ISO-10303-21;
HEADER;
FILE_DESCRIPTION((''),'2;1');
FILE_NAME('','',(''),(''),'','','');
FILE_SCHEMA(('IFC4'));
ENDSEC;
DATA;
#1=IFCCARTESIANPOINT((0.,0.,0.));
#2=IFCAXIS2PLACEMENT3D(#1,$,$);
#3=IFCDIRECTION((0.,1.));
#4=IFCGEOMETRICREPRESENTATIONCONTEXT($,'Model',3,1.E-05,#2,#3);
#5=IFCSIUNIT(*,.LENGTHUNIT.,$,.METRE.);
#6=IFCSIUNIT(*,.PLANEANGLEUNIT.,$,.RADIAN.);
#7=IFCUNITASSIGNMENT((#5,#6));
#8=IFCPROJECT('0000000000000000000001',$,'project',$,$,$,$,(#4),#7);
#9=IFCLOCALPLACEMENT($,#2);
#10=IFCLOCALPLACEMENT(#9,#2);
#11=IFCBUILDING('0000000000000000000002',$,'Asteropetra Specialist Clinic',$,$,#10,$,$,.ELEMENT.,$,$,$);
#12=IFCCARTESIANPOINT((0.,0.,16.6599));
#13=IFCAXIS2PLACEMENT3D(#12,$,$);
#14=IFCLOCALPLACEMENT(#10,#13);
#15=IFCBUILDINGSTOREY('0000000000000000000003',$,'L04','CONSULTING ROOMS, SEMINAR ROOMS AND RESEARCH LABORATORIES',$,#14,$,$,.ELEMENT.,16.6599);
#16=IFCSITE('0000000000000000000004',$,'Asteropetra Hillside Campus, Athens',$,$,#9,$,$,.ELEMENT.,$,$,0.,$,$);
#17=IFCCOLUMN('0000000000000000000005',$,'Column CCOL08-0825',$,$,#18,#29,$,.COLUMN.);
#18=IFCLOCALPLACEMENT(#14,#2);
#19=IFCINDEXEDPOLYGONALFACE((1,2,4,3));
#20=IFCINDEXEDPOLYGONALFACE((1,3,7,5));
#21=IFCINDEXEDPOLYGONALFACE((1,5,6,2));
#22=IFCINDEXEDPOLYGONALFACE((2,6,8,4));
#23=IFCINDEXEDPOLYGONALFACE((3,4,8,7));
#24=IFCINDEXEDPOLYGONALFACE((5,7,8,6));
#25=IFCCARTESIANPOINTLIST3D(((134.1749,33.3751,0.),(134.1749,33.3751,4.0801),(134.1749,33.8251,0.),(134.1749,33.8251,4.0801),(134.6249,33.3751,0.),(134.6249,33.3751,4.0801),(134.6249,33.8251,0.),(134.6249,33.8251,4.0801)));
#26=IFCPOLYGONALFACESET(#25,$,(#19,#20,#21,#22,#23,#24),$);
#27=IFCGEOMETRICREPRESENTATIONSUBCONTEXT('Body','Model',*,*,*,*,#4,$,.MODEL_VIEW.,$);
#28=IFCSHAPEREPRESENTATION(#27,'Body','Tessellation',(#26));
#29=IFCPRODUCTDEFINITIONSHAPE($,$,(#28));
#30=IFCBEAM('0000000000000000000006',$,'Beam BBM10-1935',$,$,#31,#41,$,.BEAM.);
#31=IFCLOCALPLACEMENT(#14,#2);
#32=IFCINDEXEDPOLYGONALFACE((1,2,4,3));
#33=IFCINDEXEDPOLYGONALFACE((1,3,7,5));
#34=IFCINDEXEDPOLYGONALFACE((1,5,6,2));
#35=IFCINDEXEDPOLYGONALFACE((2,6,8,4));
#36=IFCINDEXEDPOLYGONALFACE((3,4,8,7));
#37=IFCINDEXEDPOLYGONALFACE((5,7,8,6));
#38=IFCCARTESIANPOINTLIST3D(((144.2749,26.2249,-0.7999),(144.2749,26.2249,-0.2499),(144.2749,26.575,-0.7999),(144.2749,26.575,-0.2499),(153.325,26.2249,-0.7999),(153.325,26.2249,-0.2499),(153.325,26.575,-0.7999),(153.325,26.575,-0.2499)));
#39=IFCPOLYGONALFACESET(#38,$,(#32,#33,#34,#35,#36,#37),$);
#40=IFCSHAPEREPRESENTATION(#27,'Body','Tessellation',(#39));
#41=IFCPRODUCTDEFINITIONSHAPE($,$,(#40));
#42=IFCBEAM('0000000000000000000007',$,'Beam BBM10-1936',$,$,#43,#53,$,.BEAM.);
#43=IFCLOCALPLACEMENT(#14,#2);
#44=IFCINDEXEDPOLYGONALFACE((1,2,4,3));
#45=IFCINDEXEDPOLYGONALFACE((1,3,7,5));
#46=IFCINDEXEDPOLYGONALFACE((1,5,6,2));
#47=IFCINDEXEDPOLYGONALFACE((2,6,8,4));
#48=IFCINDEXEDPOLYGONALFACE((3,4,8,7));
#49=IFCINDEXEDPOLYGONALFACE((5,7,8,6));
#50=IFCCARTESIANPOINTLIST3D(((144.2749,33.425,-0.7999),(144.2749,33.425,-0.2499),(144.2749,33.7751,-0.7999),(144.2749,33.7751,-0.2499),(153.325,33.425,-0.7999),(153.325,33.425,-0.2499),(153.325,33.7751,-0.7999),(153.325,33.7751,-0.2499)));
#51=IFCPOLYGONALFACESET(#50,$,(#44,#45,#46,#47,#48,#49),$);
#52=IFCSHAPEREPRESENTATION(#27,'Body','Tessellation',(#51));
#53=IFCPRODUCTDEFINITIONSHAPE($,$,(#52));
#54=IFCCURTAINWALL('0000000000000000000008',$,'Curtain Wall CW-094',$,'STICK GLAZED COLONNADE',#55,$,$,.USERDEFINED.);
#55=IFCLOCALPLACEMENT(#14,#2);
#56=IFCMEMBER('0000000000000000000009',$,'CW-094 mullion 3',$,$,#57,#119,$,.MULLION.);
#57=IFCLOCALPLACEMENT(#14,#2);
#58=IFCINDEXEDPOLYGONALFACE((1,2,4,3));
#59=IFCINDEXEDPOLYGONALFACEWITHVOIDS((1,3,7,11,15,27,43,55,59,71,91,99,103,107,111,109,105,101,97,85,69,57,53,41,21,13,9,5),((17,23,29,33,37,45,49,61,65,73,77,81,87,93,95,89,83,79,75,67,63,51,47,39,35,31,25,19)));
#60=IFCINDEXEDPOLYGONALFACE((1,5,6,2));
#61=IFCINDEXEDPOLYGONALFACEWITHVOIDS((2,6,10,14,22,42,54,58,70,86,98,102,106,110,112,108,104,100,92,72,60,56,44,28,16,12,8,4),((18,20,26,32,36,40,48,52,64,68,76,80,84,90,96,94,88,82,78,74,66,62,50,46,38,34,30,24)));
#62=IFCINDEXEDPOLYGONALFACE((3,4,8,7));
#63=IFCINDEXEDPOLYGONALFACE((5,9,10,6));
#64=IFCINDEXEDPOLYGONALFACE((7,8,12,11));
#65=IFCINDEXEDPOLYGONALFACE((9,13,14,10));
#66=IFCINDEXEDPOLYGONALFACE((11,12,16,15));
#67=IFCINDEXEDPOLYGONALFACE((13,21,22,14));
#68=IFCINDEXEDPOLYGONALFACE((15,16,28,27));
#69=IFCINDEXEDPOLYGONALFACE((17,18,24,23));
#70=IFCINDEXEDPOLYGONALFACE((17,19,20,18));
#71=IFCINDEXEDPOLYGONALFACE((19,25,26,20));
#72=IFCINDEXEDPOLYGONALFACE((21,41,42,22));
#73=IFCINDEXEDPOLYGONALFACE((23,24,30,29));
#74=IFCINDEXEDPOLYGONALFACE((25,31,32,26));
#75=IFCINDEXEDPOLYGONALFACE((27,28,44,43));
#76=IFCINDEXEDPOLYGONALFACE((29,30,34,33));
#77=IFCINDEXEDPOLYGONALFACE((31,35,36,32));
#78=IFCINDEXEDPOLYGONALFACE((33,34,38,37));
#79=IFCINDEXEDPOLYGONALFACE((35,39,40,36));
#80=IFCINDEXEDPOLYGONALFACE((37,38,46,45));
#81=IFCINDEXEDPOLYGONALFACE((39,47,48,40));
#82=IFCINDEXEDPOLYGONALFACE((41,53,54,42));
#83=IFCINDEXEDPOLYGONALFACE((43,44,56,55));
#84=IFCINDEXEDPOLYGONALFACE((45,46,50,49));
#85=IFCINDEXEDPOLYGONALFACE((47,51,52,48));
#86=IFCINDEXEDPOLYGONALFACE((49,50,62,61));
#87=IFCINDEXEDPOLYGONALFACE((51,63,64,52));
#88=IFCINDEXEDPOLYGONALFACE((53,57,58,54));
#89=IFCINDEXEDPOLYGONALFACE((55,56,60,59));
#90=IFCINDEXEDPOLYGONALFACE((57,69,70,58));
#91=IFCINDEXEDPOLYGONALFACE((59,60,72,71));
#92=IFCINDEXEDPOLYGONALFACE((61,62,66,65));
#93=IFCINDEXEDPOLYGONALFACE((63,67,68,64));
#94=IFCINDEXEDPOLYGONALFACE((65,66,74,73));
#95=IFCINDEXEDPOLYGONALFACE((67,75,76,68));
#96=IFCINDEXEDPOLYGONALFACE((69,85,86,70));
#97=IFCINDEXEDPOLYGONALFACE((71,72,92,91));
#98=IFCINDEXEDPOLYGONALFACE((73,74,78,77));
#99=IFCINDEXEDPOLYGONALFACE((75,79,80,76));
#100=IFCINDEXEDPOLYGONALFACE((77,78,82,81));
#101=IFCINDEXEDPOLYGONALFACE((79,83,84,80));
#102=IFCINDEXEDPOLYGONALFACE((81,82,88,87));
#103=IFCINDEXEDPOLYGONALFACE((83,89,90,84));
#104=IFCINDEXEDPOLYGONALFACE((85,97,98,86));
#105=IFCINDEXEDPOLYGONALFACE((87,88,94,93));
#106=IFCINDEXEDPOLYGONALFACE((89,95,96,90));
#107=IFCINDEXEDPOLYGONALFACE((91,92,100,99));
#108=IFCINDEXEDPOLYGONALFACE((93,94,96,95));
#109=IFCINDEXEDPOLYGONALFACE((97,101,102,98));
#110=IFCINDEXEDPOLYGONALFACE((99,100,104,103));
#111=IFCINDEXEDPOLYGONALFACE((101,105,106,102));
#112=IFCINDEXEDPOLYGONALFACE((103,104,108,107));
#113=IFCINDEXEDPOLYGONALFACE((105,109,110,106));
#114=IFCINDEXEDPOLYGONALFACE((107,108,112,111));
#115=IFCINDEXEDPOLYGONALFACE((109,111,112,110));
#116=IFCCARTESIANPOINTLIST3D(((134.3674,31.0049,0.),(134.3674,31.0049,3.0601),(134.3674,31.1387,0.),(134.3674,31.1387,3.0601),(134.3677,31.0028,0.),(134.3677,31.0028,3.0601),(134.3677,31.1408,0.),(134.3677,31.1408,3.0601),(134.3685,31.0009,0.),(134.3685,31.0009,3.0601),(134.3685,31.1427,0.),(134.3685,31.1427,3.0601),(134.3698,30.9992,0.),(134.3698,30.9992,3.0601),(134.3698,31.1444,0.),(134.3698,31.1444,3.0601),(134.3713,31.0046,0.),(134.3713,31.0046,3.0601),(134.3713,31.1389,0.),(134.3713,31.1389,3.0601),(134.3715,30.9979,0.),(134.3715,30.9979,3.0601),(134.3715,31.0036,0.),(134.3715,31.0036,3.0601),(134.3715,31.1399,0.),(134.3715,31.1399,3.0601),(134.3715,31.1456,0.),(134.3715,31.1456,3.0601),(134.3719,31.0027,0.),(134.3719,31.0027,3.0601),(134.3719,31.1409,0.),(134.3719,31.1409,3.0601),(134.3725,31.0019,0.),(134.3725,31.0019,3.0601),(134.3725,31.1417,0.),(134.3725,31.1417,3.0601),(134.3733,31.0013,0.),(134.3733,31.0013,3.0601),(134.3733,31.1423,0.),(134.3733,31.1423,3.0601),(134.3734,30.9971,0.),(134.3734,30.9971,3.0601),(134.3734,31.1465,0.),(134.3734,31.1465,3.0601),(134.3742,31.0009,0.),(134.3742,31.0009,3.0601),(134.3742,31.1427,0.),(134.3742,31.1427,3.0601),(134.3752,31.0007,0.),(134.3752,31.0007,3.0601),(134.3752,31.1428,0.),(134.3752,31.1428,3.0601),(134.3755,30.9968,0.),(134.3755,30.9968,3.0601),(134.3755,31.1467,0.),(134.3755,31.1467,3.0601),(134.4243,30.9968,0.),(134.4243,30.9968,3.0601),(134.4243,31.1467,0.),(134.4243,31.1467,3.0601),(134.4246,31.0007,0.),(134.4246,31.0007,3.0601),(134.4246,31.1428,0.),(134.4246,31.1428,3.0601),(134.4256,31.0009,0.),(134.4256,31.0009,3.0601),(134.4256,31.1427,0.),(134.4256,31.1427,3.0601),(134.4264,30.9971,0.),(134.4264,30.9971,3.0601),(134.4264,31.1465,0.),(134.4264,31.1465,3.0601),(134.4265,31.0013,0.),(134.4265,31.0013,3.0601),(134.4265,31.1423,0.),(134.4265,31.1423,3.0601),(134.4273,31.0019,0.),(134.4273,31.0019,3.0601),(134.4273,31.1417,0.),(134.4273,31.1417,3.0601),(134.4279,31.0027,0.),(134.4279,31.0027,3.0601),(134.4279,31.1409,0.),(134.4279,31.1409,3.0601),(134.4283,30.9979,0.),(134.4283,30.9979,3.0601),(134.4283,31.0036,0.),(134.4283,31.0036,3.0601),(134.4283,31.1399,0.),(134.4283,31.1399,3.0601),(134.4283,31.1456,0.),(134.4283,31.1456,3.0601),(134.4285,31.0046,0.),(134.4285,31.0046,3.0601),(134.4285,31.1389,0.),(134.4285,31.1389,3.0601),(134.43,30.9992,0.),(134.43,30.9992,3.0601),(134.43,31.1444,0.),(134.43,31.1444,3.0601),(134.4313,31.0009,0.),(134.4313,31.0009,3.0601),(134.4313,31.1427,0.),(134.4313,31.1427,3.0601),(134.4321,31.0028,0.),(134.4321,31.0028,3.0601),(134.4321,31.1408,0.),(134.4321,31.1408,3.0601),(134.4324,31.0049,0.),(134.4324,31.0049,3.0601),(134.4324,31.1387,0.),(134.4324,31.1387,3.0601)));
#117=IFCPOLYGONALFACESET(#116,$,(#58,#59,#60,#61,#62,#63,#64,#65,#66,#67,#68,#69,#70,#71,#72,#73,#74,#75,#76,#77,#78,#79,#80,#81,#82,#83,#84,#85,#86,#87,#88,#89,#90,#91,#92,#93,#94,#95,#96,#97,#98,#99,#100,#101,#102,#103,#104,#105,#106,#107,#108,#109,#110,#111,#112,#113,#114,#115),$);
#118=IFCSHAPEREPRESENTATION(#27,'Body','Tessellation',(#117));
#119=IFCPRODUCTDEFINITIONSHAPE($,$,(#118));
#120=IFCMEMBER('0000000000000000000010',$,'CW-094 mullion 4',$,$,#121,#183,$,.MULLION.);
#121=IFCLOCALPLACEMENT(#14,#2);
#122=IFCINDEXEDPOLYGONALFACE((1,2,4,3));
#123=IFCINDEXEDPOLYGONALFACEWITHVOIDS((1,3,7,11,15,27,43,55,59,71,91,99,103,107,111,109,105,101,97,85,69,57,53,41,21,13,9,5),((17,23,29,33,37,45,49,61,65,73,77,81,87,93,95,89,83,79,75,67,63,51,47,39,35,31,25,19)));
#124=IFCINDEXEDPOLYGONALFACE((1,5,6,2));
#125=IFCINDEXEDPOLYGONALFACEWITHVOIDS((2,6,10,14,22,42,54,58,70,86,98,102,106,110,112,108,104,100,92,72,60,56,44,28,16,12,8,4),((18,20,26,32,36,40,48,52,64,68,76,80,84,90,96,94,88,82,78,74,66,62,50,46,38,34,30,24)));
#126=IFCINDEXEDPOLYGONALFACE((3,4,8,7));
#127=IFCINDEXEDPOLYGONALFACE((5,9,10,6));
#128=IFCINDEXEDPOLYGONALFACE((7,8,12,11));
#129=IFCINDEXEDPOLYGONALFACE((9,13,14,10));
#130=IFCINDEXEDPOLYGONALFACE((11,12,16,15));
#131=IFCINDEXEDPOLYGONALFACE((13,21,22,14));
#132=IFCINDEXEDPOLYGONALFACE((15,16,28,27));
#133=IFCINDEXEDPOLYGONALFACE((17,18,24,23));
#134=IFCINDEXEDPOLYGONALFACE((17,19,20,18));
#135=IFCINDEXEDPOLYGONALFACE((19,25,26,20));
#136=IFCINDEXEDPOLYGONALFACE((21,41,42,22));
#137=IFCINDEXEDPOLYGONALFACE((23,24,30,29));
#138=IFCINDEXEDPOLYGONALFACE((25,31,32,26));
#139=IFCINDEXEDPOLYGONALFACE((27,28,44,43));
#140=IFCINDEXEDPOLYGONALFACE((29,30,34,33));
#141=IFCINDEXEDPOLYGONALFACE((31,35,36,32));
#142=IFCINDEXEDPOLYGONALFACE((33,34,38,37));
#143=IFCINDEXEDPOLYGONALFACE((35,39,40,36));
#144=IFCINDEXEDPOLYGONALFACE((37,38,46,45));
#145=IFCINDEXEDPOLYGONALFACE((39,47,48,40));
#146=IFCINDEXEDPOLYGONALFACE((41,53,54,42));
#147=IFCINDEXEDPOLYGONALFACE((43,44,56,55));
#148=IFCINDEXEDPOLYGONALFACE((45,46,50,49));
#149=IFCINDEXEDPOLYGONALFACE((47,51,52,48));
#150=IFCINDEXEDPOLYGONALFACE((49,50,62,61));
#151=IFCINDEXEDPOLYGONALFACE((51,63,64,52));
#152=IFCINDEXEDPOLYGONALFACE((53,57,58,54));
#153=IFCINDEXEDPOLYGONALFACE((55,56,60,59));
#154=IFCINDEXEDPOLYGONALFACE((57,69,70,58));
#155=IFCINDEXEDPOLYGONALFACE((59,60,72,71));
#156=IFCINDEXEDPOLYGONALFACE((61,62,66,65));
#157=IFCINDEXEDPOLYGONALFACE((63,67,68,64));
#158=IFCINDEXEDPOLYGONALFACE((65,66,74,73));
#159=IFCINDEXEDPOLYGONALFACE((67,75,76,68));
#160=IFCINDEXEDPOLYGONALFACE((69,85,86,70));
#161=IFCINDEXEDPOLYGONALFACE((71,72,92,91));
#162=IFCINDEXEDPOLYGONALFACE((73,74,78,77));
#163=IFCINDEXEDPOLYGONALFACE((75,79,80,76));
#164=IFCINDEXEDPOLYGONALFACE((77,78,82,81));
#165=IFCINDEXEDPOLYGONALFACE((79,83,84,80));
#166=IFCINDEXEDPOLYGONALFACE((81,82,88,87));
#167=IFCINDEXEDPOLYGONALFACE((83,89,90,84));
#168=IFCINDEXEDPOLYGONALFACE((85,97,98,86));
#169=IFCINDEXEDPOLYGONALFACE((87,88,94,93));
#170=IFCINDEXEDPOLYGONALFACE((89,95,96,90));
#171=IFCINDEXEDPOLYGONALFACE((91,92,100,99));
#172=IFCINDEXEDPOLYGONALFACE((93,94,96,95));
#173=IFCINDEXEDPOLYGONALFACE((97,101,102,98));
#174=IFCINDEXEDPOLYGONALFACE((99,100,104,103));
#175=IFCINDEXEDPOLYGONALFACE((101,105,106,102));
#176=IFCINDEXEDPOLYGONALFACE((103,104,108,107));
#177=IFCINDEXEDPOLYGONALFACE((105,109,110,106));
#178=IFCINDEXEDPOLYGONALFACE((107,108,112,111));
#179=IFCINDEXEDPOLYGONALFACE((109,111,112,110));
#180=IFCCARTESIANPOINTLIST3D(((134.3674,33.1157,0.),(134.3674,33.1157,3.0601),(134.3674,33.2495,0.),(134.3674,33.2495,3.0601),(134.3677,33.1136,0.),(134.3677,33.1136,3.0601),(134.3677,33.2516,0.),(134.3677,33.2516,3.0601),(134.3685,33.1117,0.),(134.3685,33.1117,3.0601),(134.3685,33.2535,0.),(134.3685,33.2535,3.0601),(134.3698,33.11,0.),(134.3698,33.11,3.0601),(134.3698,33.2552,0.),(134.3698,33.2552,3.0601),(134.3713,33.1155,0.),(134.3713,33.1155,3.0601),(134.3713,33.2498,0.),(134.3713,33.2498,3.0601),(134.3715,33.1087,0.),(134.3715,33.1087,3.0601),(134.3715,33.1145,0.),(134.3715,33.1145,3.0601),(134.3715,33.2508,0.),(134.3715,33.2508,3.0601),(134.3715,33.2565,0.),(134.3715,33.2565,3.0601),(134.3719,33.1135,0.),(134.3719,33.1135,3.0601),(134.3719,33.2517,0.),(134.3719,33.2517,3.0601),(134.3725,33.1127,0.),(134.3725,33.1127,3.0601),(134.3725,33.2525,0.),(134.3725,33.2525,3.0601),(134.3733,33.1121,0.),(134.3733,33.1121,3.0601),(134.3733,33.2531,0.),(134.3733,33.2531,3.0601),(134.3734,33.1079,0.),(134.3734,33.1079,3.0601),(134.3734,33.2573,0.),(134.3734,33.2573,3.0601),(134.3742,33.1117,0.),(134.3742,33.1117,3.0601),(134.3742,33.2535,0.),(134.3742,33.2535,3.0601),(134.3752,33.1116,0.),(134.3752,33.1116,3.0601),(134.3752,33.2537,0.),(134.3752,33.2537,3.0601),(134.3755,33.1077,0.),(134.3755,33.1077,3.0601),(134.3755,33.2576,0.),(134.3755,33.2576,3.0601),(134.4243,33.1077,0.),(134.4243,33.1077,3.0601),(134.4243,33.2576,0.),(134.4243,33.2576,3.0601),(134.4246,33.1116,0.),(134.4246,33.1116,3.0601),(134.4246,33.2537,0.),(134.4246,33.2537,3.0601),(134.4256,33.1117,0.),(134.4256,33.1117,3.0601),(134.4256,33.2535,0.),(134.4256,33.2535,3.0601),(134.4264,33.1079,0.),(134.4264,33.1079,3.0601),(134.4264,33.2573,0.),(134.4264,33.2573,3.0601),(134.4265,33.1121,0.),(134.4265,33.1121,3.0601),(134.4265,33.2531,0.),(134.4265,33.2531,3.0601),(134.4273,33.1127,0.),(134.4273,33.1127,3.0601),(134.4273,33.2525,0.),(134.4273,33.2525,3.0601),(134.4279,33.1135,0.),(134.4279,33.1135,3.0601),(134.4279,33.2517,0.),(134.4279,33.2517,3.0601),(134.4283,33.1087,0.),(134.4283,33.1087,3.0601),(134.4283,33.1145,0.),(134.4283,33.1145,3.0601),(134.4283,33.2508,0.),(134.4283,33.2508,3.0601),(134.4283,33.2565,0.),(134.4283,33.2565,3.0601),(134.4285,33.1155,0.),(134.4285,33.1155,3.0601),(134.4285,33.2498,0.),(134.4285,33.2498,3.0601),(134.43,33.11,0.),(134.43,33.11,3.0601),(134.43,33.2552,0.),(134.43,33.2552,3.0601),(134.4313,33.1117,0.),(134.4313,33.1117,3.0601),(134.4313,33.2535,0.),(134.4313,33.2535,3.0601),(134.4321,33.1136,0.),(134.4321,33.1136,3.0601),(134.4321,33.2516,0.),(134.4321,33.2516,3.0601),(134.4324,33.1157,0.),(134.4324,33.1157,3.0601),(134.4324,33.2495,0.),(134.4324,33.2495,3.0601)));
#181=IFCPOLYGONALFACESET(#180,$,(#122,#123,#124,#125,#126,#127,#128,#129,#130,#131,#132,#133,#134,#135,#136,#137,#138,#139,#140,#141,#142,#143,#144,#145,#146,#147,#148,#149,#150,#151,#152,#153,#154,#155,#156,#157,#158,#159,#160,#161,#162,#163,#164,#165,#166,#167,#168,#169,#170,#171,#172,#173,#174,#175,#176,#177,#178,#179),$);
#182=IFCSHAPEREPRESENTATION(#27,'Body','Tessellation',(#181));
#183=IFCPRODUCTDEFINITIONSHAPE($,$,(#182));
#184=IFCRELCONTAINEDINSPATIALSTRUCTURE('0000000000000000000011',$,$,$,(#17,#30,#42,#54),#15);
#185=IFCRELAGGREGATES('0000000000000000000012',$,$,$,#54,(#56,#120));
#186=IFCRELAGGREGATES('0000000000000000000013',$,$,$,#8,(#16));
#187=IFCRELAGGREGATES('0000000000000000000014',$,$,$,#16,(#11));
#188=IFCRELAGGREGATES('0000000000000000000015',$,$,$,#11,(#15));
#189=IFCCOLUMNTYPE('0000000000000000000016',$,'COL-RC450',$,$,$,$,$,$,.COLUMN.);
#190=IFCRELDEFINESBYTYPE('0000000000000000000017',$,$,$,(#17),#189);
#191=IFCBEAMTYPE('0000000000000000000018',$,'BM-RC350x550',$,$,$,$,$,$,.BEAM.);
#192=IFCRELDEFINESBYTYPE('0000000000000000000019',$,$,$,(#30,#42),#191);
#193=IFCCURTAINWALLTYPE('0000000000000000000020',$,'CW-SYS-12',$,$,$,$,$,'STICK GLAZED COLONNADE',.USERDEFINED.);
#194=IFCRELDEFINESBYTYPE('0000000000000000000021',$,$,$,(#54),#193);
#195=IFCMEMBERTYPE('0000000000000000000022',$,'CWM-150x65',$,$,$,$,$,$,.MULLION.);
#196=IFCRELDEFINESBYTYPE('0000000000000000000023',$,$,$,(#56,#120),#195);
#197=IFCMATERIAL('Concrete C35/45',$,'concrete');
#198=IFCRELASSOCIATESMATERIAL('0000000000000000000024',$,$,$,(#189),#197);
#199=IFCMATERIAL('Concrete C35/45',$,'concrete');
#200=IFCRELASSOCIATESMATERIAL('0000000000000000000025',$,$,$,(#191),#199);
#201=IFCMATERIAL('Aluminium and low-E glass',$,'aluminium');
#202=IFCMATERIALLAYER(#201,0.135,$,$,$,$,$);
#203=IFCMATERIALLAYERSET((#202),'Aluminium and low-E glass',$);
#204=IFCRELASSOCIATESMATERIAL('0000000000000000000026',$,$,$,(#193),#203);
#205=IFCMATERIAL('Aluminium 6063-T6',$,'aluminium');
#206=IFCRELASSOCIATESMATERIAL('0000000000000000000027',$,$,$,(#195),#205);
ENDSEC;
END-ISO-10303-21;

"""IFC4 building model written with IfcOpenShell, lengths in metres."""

from ifc_helpers import new_model, si_unit, direction, frame, origin, origin_2d, place, context, subcontext, project, spatial, rectangle, hollow_rectangle, extrude, material, layer, layer_set, material_profile, profile_set, type_object, element, aggregate, save


model = new_model("IFC4")

# Units and contexts
model_context = context("Model", 3, precision=1e-05, world=origin(), true_north=direction((0.0, 1.0)))
body_context = subcontext(model_context, "Body", "Model", "MODEL_VIEW")
ifc_project = project(units=[si_unit("LENGTHUNIT", "METRE"), si_unit("PLANEANGLEUNIT", "RADIAN")], contexts=[model_context])

# Site, building, storey
site_placement = place(None, origin())
site = spatial("IfcSite", under=ifc_project, at=site_placement, Name="Asteropetra Hillside Campus, Athens", CompositionType="ELEMENT", RefElevation=0.0)
building_placement = place(site_placement, origin())
building = spatial("IfcBuilding", under=site, at=building_placement, Name="Asteropetra Specialist Clinic", CompositionType="ELEMENT")
storey_placement = place(building_placement, frame((0.0, 0.0, 16.6599)))
storey = spatial("IfcBuildingStorey", under=building, at=storey_placement, Name="L04", Description="CONSULTING ROOMS, SEMINAR ROOMS AND RESEARCH LABORATORIES", CompositionType="ELEMENT", Elevation=16.6599)

# Column
ifc_material_1 = material(Name="Concrete C35/45", Category="concrete")
ifc_material_profile_1 = material_profile(ifc_material_1, rectangle(XDim=0.45, YDim=0.45, at=origin_2d()), Name="RC 450x450")
ifc_profile_set_1 = profile_set([ifc_material_profile_1], Name="Concrete C35/45")
column_type = type_object("IfcColumnType", Name="COL-RC450", PredefinedType="COLUMN", material=ifc_profile_set_1)
column_placement = place(storey_placement, frame((134.3999, 33.6001, 0.0), z_axis=(0.0, 0.0, 1.0), x_axis=(1.0, 0.0, 0.0)))
element("IfcColumn", 1, at=column_placement, inside=storey, type_object=column_type, Name="Column CCOL08-0825", PredefinedType="COLUMN", context=body_context, shape_type="SweptSolid", body=[
    extrude(rectangle(XDim=0.45, YDim=0.45, at=origin_2d()), origin(), (0.0, 0.0, 1.0), 4.0801),
])

# Beams
ifc_material_2 = material(Name="Concrete C35/45", Category="concrete")
ifc_material_profile_2 = material_profile(ifc_material_2, rectangle(XDim=0.3501, YDim=0.55, at=origin_2d()), Name="RCB 350x550")
ifc_profile_set_2 = profile_set([ifc_material_profile_2], Name="Concrete C35/45")
beam_type_1 = type_object("IfcBeamType", Name="BM-RC350x550", PredefinedType="BEAM", material=ifc_profile_set_2)
for number, where, z_axis, x_axis, name in (
    (2, (144.2749, 26.3999, -0.5249), (1.0, 0.0, 0.0), (0.0, 1.0, 0.0), "Beam BBM10-1935"),
    (3, (144.2749, 33.6001, -0.5249), (1.0, 0.0, 0.0), (0.0, 1.0, 0.0), "Beam BBM10-1936"),
):
    element("IfcBeam", number, at=place(storey_placement, frame(where, z_axis=z_axis, x_axis=x_axis)), inside=storey, type_object=beam_type_1, Name=name, PredefinedType="BEAM", context=body_context, shape_type="SweptSolid", body=[
        extrude(rectangle(XDim=0.3501, YDim=0.55, at=origin_2d()), origin(), (0.0, 0.0, 1.0), 9.05),
    ])

# Curtain wall, members
ifc_material_3 = material(Name="Aluminium and low-E glass", Category="aluminium")
ifc_layer_1 = layer(ifc_material_3, 0.135)
ifc_layer_set_1 = layer_set([ifc_layer_1], Name="Aluminium and low-E glass")
curtain_wall_type = type_object("IfcCurtainWallType", Name="CW-SYS-12", ElementType="STICK GLAZED COLONNADE", PredefinedType="USERDEFINED", material=ifc_layer_set_1)
curtain_wall_placement = place(storey_placement, origin())
curtain_wall = element("IfcCurtainWall", 4, at=curtain_wall_placement, inside=storey, type_object=curtain_wall_type, Name="Curtain Wall CW-094", ObjectType="STICK GLAZED COLONNADE", PredefinedType="USERDEFINED")
ifc_material_4 = material(Name="Aluminium 6063-T6", Category="aluminium")
ifc_material_profile_3 = material_profile(ifc_material_4, hollow_rectangle(XDim=0.0649, YDim=0.1499, WallThickness=0.0039, InnerFilletRadius=0.0039, OuterFilletRadius=0.0081, at=origin_2d()), Name="MUL 150x65x4.0")
ifc_profile_set_3 = profile_set([ifc_material_profile_3], Name="Aluminium 6063-T6")
member_type_1 = type_object("IfcMemberType", Name="CWM-150x65", PredefinedType="MULLION", material=ifc_profile_set_3)
member_1_placement = place(storey_placement, frame((134.3999, 31.0718, 0.0), z_axis=(0.0, 0.0, 1.0), x_axis=(-1.0, 0.0, 0.0)))
member_1 = element("IfcMember", 5, at=member_1_placement, type_object=member_type_1, Name="CW-094 mullion 3", PredefinedType="MULLION", context=body_context, shape_type="SweptSolid", body=[
    extrude(hollow_rectangle(XDim=0.0649, YDim=0.1499, WallThickness=0.0039, InnerFilletRadius=0.0039, OuterFilletRadius=0.0081, at=origin_2d()), origin(), (0.0, 0.0, 1.0), 3.0601),
])
member_2_placement = place(storey_placement, frame((134.3999, 33.1826, 0.0), z_axis=(0.0, 0.0, 1.0), x_axis=(-1.0, 0.0, 0.0)))
member_2 = element("IfcMember", 6, at=member_2_placement, type_object=member_type_1, Name="CW-094 mullion 4", PredefinedType="MULLION", context=body_context, shape_type="SweptSolid", body=[
    extrude(hollow_rectangle(XDim=0.0649, YDim=0.1499, WallThickness=0.0039, InnerFilletRadius=0.0039, OuterFilletRadius=0.0081, at=origin_2d()), origin(), (0.0, 0.0, 1.0), 3.0601),
])

aggregate(curtain_wall, [member_1, member_2])

save(model, "model.ifc")
